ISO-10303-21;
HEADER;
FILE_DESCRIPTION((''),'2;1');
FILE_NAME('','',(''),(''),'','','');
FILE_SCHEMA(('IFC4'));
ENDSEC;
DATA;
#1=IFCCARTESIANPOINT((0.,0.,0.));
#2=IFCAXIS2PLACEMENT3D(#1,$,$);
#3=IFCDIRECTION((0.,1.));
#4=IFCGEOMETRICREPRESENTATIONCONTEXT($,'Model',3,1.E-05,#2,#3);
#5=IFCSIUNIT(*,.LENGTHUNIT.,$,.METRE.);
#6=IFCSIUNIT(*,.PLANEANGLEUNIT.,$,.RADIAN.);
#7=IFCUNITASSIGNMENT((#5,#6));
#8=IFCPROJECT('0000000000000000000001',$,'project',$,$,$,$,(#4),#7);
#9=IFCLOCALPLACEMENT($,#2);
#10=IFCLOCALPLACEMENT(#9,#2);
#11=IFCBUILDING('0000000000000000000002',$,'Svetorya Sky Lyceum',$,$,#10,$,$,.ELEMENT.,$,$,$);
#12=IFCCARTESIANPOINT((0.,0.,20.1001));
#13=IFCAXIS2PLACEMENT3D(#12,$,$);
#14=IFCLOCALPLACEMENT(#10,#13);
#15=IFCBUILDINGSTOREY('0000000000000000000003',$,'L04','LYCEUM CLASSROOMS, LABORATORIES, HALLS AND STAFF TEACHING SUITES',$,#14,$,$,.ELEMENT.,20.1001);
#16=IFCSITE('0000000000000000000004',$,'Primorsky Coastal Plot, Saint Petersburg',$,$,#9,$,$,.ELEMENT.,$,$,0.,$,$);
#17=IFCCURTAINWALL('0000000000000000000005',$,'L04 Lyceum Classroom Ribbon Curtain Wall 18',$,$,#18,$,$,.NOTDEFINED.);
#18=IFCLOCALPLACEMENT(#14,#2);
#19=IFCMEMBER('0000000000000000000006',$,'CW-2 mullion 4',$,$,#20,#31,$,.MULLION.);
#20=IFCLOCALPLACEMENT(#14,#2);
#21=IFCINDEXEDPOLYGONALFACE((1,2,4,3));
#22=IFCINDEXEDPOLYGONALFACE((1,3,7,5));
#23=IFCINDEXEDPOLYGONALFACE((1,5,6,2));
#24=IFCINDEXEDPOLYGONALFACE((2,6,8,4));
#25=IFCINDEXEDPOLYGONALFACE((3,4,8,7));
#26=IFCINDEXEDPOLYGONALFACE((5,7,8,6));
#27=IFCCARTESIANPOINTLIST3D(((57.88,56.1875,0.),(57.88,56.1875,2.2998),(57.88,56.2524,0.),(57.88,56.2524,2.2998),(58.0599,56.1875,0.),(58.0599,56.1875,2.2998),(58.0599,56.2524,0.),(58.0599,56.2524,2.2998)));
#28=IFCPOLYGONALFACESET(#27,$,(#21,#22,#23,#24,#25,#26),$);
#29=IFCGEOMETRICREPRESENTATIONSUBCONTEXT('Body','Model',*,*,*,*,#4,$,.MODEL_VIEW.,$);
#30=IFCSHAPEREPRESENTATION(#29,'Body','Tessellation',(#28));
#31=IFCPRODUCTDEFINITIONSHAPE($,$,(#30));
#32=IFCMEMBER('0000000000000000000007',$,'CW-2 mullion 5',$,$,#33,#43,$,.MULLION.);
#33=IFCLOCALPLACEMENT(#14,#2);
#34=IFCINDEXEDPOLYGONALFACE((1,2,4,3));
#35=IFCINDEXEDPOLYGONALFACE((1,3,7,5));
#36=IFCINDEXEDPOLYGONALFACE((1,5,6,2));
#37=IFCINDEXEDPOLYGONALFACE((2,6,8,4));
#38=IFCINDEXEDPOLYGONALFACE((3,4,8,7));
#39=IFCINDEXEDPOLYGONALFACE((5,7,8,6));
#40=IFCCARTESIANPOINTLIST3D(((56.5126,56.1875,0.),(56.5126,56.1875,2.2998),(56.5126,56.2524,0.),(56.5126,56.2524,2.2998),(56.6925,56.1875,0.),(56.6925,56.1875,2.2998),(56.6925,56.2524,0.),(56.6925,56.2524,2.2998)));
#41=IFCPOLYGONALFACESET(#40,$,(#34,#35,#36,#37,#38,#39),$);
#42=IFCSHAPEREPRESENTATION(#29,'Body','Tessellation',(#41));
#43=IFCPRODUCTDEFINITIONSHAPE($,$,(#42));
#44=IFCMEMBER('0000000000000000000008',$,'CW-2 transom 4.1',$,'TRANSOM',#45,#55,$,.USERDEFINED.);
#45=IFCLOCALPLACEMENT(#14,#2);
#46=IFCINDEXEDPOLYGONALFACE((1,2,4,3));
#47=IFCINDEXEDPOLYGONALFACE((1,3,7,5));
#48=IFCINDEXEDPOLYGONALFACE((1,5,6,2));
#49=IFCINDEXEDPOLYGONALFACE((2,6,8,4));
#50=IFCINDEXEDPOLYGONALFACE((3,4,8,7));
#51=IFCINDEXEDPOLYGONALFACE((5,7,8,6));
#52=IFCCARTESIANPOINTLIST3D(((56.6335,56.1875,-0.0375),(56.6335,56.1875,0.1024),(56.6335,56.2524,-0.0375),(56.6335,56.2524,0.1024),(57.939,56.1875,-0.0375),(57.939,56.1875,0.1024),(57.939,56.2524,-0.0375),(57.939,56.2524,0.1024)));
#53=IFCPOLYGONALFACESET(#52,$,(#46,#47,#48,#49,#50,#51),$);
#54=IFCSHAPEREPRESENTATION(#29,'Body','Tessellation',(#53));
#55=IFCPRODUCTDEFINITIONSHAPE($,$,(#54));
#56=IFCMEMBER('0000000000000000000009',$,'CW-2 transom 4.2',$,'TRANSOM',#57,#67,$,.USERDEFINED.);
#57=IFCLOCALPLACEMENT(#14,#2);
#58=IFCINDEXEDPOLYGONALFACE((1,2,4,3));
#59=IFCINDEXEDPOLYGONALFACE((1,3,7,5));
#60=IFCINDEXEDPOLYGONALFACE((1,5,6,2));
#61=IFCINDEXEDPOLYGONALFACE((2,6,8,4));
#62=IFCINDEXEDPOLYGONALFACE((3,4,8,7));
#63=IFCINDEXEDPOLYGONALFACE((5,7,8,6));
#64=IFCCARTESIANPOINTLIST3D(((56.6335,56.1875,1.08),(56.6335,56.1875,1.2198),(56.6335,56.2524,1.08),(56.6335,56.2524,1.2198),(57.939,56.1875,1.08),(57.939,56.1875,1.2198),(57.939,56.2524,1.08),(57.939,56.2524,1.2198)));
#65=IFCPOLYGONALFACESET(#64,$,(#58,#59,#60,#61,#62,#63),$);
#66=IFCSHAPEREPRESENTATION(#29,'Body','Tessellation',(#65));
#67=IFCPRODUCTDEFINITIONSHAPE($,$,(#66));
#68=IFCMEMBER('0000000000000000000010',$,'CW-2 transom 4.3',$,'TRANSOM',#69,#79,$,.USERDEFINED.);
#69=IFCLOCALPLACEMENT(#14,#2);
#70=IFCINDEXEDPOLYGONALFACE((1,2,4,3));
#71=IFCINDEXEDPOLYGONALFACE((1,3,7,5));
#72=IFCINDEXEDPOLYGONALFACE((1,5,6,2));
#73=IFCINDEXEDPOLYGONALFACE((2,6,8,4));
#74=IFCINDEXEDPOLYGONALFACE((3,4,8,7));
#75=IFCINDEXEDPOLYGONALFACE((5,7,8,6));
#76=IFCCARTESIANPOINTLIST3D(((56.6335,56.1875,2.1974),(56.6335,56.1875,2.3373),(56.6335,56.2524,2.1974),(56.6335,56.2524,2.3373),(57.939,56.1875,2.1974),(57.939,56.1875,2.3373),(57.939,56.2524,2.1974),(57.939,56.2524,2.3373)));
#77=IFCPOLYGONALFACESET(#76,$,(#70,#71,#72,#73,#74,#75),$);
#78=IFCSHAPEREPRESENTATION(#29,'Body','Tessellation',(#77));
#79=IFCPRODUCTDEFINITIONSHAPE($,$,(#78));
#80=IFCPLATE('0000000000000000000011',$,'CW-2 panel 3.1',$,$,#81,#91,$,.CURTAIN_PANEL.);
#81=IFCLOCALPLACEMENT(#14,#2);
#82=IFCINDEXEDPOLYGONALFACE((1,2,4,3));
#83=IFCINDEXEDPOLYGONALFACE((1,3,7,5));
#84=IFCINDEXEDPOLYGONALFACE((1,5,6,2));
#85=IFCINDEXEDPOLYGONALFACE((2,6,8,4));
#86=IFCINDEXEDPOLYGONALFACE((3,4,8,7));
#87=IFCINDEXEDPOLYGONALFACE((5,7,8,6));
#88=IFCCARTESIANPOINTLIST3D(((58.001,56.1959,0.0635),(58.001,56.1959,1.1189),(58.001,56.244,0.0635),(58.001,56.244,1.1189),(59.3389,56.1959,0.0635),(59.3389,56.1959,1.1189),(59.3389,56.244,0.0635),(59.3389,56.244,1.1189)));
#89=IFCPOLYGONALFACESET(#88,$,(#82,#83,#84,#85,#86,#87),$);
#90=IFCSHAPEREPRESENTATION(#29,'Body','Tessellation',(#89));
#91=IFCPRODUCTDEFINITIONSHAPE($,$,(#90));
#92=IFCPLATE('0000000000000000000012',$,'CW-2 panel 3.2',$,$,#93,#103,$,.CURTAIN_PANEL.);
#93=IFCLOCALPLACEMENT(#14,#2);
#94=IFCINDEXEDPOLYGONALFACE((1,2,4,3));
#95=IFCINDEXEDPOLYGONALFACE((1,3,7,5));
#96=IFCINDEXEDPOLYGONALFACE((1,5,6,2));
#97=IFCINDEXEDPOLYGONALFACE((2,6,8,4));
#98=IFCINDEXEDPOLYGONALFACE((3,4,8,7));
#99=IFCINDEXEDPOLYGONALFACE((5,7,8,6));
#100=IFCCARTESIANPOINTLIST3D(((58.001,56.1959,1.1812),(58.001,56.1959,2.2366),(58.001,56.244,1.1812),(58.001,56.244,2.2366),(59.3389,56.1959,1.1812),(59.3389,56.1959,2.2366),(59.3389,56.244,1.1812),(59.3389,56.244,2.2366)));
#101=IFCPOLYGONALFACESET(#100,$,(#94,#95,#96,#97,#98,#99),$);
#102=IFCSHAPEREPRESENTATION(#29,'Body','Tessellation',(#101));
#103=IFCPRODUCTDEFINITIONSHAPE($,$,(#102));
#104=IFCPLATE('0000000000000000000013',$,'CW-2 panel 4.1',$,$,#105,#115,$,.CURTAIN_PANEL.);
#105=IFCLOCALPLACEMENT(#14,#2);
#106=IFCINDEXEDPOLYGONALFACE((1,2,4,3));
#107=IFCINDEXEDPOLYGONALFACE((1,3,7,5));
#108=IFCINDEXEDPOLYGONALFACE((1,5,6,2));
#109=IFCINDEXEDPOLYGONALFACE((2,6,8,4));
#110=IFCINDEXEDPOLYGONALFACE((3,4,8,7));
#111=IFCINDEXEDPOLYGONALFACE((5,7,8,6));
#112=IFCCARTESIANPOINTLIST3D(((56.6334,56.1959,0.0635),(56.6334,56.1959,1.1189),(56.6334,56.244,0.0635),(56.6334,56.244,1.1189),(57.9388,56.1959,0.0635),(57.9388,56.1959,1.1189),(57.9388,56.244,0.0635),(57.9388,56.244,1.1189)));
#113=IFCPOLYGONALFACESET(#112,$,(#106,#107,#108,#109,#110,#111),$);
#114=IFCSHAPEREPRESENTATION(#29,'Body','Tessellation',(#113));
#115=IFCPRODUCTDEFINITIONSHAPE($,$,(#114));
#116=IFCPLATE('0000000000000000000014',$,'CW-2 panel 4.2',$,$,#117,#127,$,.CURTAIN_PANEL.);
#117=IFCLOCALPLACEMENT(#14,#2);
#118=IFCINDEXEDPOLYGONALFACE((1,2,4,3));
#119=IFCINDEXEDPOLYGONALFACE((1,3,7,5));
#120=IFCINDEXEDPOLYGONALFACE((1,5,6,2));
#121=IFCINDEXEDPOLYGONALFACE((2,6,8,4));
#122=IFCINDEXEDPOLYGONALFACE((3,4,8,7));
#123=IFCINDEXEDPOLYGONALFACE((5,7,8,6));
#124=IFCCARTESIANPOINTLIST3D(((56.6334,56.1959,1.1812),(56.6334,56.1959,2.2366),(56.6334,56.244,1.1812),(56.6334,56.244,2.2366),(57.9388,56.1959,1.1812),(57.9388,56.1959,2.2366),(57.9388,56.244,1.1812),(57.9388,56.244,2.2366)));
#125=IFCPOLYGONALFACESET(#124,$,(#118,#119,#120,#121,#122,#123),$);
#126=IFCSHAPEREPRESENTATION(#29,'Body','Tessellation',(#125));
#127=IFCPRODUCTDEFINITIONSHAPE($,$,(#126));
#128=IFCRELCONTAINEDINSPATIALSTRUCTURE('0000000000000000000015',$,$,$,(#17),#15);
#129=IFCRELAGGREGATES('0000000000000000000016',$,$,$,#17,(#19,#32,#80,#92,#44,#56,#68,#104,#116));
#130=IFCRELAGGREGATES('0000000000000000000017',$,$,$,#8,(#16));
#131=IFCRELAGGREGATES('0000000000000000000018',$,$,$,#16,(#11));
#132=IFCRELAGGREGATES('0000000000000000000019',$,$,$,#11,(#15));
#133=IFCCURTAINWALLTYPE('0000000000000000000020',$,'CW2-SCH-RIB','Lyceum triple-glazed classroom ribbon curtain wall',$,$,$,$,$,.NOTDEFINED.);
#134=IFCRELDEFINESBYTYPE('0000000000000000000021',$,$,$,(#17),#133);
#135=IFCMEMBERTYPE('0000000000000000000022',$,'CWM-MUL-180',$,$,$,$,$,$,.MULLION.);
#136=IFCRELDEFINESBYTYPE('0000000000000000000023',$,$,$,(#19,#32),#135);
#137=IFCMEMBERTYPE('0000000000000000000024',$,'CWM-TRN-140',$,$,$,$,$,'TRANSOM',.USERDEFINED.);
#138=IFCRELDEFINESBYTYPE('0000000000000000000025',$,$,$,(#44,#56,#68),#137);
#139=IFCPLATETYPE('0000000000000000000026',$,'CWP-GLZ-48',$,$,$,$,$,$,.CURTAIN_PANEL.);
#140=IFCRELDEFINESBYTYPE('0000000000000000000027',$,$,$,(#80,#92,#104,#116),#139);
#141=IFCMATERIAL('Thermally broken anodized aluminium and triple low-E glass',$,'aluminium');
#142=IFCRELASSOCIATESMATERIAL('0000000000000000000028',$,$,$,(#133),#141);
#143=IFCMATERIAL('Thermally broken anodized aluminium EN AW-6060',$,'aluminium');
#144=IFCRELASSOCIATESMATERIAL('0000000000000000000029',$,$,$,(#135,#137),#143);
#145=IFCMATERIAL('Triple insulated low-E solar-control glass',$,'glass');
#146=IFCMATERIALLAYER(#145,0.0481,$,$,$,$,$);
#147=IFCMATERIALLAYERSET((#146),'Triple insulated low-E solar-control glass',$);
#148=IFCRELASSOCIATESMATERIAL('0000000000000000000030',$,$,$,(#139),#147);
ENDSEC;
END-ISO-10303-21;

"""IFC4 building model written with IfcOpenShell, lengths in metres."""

from ifc_helpers import new_model, si_unit, direction, frame, origin, origin_2d, place, context, subcontext, project, spatial, rectangle, extrude, material, layer, layer_set, material_profile, profile_set, type_object, element, aggregate, save


model = new_model("IFC4")

# Units and contexts
model_context = context("Model", 3, precision=1e-05, world=origin(), true_north=direction((0.0, 1.0)))
body_context = subcontext(model_context, "Body", "Model", "MODEL_VIEW")
ifc_project = project(units=[si_unit("LENGTHUNIT", "METRE"), si_unit("PLANEANGLEUNIT", "RADIAN")], contexts=[model_context])

# Site, building, storey
site_placement = place(None, origin())
site = spatial("IfcSite", under=ifc_project, at=site_placement, Name="Primorsky Coastal Plot, Saint Petersburg", CompositionType="ELEMENT", RefElevation=0.0)
building_placement = place(site_placement, origin())
building = spatial("IfcBuilding", under=site, at=building_placement, Name="Svetorya Sky Lyceum", CompositionType="ELEMENT")
storey_placement = place(building_placement, frame((0.0, 0.0, 20.1001)))
storey = spatial("IfcBuildingStorey", under=building, at=storey_placement, Name="L04", Description="LYCEUM CLASSROOMS, LABORATORIES, HALLS AND STAFF TEACHING SUITES", CompositionType="ELEMENT", Elevation=20.1001)

# Curtain wall, members, plates
ifc_material_1 = material(Name="Thermally broken anodized aluminium and triple low-E glass", Category="aluminium")
curtain_wall_type = type_object("IfcCurtainWallType", Name="CW2-SCH-RIB", Description="Lyceum triple-glazed classroom ribbon curtain wall", PredefinedType="NOTDEFINED", material=ifc_material_1)
curtain_wall_placement = place(storey_placement, origin())
curtain_wall = element("IfcCurtainWall", 1, at=curtain_wall_placement, inside=storey, type_object=curtain_wall_type, Name="L04 Lyceum Classroom Ribbon Curtain Wall 18", PredefinedType="NOTDEFINED")
ifc_material_2 = material(Name="Thermally broken anodized aluminium EN AW-6060", Category="aluminium")
ifc_material_profile_1 = material_profile(ifc_material_2, rectangle(XDim=0.0649, YDim=0.1799, at=origin_2d()), Name="ALU MULLION 65x180")
ifc_profile_set_1 = profile_set([ifc_material_profile_1], Name="Thermally broken anodized aluminium EN AW-6060")
member_type_1 = type_object("IfcMemberType", Name="CWM-MUL-180", PredefinedType="MULLION", material=ifc_profile_set_1)
member_1_placement = place(storey_placement, frame((57.97, 56.22, 0.0), z_axis=(0.0, 0.0, 1.0), x_axis=(0.0, -1.0, 0.0)))
member_1 = element("IfcMember", 2, at=member_1_placement, type_object=member_type_1, Name="CW-2 mullion 4", PredefinedType="MULLION", context=body_context, shape_type="SweptSolid", body=[
    extrude(rectangle(XDim=0.0649, YDim=0.1799, at=origin_2d()), origin(), (0.0, 0.0, 1.0), 2.2998),
])
member_2_placement = place(storey_placement, frame((56.6025, 56.22, 0.0), z_axis=(0.0, 0.0, 1.0), x_axis=(0.0, -1.0, 0.0)))
member_2 = element("IfcMember", 3, at=member_2_placement, type_object=member_type_1, Name="CW-2 mullion 5", PredefinedType="MULLION", context=body_context, shape_type="SweptSolid", body=[
    extrude(rectangle(XDim=0.0649, YDim=0.1799, at=origin_2d()), origin(), (0.0, 0.0, 1.0), 2.2998),
])
ifc_material_profile_2 = material_profile(ifc_material_2, rectangle(XDim=0.0649, YDim=0.1399, at=origin_2d()), Name="ALU TRANSOM 65x140")
ifc_profile_set_2 = profile_set([ifc_material_profile_2], Name="Thermally broken anodized aluminium EN AW-6060")
member_type_2 = type_object("IfcMemberType", Name="CWM-TRN-140", ElementType="TRANSOM", PredefinedType="USERDEFINED", material=ifc_profile_set_2)
member_3_placement = place(storey_placement, frame((57.939, 56.22, 0.0325), z_axis=(-1.0, 0.0, 0.0), x_axis=(0.0, -1.0, 0.0)))
member_3 = element("IfcMember", 4, at=member_3_placement, type_object=member_type_2, Name="CW-2 transom 4.1", ObjectType="TRANSOM", PredefinedType="USERDEFINED", context=body_context, shape_type="SweptSolid", body=[
    extrude(rectangle(XDim=0.0649, YDim=0.1399, at=origin_2d()), origin(), (0.0, 0.0, 1.0), 1.3054),
])
member_4_placement = place(storey_placement, frame((57.939, 56.22, 1.1499), z_axis=(-1.0, 0.0, 0.0), x_axis=(0.0, -1.0, 0.0)))
member_4 = element("IfcMember", 5, at=member_4_placement, type_object=member_type_2, Name="CW-2 transom 4.2", ObjectType="TRANSOM", PredefinedType="USERDEFINED", context=body_context, shape_type="SweptSolid", body=[
    extrude(rectangle(XDim=0.0649, YDim=0.1399, at=origin_2d()), origin(), (0.0, 0.0, 1.0), 1.3054),
])
member_5_placement = place(storey_placement, frame((57.939, 56.22, 2.2673), z_axis=(-1.0, 0.0, 0.0), x_axis=(0.0, -1.0, 0.0)))
member_5 = element("IfcMember", 6, at=member_5_placement, type_object=member_type_2, Name="CW-2 transom 4.3", ObjectType="TRANSOM", PredefinedType="USERDEFINED", context=body_context, shape_type="SweptSolid", body=[
    extrude(rectangle(XDim=0.0649, YDim=0.1399, at=origin_2d()), origin(), (0.0, 0.0, 1.0), 1.3054),
])
ifc_material_3 = material(Name="Triple insulated low-E solar-control glass", Category="glass")
ifc_layer_1 = layer(ifc_material_3, 0.0481)
ifc_layer_set_1 = layer_set([ifc_layer_1], Name="Triple insulated low-E solar-control glass")
plate_type = type_object("IfcPlateType", Name="CWP-GLZ-48", PredefinedType="CURTAIN_PANEL", material=ifc_layer_set_1)
plate_1_placement = place(storey_placement, frame((58.6699, 56.22, 0.0635), z_axis=(0.0, 0.0, 1.0), x_axis=(-1.0, 0.0, 0.0)))
plate_1 = element("IfcPlate", 7, at=plate_1_placement, type_object=plate_type, Name="CW-2 panel 3.1", PredefinedType="CURTAIN_PANEL", context=body_context, shape_type="SweptSolid", body=[
    extrude(rectangle(XDim=1.3379, YDim=0.0481, at=origin_2d()), origin(), (0.0, 0.0, 1.0), 1.0554),
])
plate_2_placement = place(storey_placement, frame((58.6699, 56.22, 1.1812), z_axis=(0.0, 0.0, 1.0), x_axis=(-1.0, 0.0, 0.0)))
plate_2 = element("IfcPlate", 8, at=plate_2_placement, type_object=plate_type, Name="CW-2 panel 3.2", PredefinedType="CURTAIN_PANEL", context=body_context, shape_type="SweptSolid", body=[
    extrude(rectangle(XDim=1.3379, YDim=0.0481, at=origin_2d()), origin(), (0.0, 0.0, 1.0), 1.0554),
])
plate_3_placement = place(storey_placement, frame((57.2861, 56.22, 0.0635), z_axis=(0.0, 0.0, 1.0), x_axis=(-1.0, 0.0, 0.0)))
plate_3 = element("IfcPlate", 9, at=plate_3_placement, type_object=plate_type, Name="CW-2 panel 4.1", PredefinedType="CURTAIN_PANEL", context=body_context, shape_type="SweptSolid", body=[
    extrude(rectangle(XDim=1.3054, YDim=0.0481, at=origin_2d()), origin(), (0.0, 0.0, 1.0), 1.0554),
])
plate_4_placement = place(storey_placement, frame((57.2861, 56.22, 1.1812), z_axis=(0.0, 0.0, 1.0), x_axis=(-1.0, 0.0, 0.0)))
plate_4 = element("IfcPlate", 10, at=plate_4_placement, type_object=plate_type, Name="CW-2 panel 4.2", PredefinedType="CURTAIN_PANEL", context=body_context, shape_type="SweptSolid", body=[
    extrude(rectangle(XDim=1.3054, YDim=0.0481, at=origin_2d()), origin(), (0.0, 0.0, 1.0), 1.0554),
])
aggregate(curtain_wall, [member_1, member_2, plate_1, plate_2, member_3, member_4, member_5, plate_3, plate_4])

save(model, "model.ifc")
